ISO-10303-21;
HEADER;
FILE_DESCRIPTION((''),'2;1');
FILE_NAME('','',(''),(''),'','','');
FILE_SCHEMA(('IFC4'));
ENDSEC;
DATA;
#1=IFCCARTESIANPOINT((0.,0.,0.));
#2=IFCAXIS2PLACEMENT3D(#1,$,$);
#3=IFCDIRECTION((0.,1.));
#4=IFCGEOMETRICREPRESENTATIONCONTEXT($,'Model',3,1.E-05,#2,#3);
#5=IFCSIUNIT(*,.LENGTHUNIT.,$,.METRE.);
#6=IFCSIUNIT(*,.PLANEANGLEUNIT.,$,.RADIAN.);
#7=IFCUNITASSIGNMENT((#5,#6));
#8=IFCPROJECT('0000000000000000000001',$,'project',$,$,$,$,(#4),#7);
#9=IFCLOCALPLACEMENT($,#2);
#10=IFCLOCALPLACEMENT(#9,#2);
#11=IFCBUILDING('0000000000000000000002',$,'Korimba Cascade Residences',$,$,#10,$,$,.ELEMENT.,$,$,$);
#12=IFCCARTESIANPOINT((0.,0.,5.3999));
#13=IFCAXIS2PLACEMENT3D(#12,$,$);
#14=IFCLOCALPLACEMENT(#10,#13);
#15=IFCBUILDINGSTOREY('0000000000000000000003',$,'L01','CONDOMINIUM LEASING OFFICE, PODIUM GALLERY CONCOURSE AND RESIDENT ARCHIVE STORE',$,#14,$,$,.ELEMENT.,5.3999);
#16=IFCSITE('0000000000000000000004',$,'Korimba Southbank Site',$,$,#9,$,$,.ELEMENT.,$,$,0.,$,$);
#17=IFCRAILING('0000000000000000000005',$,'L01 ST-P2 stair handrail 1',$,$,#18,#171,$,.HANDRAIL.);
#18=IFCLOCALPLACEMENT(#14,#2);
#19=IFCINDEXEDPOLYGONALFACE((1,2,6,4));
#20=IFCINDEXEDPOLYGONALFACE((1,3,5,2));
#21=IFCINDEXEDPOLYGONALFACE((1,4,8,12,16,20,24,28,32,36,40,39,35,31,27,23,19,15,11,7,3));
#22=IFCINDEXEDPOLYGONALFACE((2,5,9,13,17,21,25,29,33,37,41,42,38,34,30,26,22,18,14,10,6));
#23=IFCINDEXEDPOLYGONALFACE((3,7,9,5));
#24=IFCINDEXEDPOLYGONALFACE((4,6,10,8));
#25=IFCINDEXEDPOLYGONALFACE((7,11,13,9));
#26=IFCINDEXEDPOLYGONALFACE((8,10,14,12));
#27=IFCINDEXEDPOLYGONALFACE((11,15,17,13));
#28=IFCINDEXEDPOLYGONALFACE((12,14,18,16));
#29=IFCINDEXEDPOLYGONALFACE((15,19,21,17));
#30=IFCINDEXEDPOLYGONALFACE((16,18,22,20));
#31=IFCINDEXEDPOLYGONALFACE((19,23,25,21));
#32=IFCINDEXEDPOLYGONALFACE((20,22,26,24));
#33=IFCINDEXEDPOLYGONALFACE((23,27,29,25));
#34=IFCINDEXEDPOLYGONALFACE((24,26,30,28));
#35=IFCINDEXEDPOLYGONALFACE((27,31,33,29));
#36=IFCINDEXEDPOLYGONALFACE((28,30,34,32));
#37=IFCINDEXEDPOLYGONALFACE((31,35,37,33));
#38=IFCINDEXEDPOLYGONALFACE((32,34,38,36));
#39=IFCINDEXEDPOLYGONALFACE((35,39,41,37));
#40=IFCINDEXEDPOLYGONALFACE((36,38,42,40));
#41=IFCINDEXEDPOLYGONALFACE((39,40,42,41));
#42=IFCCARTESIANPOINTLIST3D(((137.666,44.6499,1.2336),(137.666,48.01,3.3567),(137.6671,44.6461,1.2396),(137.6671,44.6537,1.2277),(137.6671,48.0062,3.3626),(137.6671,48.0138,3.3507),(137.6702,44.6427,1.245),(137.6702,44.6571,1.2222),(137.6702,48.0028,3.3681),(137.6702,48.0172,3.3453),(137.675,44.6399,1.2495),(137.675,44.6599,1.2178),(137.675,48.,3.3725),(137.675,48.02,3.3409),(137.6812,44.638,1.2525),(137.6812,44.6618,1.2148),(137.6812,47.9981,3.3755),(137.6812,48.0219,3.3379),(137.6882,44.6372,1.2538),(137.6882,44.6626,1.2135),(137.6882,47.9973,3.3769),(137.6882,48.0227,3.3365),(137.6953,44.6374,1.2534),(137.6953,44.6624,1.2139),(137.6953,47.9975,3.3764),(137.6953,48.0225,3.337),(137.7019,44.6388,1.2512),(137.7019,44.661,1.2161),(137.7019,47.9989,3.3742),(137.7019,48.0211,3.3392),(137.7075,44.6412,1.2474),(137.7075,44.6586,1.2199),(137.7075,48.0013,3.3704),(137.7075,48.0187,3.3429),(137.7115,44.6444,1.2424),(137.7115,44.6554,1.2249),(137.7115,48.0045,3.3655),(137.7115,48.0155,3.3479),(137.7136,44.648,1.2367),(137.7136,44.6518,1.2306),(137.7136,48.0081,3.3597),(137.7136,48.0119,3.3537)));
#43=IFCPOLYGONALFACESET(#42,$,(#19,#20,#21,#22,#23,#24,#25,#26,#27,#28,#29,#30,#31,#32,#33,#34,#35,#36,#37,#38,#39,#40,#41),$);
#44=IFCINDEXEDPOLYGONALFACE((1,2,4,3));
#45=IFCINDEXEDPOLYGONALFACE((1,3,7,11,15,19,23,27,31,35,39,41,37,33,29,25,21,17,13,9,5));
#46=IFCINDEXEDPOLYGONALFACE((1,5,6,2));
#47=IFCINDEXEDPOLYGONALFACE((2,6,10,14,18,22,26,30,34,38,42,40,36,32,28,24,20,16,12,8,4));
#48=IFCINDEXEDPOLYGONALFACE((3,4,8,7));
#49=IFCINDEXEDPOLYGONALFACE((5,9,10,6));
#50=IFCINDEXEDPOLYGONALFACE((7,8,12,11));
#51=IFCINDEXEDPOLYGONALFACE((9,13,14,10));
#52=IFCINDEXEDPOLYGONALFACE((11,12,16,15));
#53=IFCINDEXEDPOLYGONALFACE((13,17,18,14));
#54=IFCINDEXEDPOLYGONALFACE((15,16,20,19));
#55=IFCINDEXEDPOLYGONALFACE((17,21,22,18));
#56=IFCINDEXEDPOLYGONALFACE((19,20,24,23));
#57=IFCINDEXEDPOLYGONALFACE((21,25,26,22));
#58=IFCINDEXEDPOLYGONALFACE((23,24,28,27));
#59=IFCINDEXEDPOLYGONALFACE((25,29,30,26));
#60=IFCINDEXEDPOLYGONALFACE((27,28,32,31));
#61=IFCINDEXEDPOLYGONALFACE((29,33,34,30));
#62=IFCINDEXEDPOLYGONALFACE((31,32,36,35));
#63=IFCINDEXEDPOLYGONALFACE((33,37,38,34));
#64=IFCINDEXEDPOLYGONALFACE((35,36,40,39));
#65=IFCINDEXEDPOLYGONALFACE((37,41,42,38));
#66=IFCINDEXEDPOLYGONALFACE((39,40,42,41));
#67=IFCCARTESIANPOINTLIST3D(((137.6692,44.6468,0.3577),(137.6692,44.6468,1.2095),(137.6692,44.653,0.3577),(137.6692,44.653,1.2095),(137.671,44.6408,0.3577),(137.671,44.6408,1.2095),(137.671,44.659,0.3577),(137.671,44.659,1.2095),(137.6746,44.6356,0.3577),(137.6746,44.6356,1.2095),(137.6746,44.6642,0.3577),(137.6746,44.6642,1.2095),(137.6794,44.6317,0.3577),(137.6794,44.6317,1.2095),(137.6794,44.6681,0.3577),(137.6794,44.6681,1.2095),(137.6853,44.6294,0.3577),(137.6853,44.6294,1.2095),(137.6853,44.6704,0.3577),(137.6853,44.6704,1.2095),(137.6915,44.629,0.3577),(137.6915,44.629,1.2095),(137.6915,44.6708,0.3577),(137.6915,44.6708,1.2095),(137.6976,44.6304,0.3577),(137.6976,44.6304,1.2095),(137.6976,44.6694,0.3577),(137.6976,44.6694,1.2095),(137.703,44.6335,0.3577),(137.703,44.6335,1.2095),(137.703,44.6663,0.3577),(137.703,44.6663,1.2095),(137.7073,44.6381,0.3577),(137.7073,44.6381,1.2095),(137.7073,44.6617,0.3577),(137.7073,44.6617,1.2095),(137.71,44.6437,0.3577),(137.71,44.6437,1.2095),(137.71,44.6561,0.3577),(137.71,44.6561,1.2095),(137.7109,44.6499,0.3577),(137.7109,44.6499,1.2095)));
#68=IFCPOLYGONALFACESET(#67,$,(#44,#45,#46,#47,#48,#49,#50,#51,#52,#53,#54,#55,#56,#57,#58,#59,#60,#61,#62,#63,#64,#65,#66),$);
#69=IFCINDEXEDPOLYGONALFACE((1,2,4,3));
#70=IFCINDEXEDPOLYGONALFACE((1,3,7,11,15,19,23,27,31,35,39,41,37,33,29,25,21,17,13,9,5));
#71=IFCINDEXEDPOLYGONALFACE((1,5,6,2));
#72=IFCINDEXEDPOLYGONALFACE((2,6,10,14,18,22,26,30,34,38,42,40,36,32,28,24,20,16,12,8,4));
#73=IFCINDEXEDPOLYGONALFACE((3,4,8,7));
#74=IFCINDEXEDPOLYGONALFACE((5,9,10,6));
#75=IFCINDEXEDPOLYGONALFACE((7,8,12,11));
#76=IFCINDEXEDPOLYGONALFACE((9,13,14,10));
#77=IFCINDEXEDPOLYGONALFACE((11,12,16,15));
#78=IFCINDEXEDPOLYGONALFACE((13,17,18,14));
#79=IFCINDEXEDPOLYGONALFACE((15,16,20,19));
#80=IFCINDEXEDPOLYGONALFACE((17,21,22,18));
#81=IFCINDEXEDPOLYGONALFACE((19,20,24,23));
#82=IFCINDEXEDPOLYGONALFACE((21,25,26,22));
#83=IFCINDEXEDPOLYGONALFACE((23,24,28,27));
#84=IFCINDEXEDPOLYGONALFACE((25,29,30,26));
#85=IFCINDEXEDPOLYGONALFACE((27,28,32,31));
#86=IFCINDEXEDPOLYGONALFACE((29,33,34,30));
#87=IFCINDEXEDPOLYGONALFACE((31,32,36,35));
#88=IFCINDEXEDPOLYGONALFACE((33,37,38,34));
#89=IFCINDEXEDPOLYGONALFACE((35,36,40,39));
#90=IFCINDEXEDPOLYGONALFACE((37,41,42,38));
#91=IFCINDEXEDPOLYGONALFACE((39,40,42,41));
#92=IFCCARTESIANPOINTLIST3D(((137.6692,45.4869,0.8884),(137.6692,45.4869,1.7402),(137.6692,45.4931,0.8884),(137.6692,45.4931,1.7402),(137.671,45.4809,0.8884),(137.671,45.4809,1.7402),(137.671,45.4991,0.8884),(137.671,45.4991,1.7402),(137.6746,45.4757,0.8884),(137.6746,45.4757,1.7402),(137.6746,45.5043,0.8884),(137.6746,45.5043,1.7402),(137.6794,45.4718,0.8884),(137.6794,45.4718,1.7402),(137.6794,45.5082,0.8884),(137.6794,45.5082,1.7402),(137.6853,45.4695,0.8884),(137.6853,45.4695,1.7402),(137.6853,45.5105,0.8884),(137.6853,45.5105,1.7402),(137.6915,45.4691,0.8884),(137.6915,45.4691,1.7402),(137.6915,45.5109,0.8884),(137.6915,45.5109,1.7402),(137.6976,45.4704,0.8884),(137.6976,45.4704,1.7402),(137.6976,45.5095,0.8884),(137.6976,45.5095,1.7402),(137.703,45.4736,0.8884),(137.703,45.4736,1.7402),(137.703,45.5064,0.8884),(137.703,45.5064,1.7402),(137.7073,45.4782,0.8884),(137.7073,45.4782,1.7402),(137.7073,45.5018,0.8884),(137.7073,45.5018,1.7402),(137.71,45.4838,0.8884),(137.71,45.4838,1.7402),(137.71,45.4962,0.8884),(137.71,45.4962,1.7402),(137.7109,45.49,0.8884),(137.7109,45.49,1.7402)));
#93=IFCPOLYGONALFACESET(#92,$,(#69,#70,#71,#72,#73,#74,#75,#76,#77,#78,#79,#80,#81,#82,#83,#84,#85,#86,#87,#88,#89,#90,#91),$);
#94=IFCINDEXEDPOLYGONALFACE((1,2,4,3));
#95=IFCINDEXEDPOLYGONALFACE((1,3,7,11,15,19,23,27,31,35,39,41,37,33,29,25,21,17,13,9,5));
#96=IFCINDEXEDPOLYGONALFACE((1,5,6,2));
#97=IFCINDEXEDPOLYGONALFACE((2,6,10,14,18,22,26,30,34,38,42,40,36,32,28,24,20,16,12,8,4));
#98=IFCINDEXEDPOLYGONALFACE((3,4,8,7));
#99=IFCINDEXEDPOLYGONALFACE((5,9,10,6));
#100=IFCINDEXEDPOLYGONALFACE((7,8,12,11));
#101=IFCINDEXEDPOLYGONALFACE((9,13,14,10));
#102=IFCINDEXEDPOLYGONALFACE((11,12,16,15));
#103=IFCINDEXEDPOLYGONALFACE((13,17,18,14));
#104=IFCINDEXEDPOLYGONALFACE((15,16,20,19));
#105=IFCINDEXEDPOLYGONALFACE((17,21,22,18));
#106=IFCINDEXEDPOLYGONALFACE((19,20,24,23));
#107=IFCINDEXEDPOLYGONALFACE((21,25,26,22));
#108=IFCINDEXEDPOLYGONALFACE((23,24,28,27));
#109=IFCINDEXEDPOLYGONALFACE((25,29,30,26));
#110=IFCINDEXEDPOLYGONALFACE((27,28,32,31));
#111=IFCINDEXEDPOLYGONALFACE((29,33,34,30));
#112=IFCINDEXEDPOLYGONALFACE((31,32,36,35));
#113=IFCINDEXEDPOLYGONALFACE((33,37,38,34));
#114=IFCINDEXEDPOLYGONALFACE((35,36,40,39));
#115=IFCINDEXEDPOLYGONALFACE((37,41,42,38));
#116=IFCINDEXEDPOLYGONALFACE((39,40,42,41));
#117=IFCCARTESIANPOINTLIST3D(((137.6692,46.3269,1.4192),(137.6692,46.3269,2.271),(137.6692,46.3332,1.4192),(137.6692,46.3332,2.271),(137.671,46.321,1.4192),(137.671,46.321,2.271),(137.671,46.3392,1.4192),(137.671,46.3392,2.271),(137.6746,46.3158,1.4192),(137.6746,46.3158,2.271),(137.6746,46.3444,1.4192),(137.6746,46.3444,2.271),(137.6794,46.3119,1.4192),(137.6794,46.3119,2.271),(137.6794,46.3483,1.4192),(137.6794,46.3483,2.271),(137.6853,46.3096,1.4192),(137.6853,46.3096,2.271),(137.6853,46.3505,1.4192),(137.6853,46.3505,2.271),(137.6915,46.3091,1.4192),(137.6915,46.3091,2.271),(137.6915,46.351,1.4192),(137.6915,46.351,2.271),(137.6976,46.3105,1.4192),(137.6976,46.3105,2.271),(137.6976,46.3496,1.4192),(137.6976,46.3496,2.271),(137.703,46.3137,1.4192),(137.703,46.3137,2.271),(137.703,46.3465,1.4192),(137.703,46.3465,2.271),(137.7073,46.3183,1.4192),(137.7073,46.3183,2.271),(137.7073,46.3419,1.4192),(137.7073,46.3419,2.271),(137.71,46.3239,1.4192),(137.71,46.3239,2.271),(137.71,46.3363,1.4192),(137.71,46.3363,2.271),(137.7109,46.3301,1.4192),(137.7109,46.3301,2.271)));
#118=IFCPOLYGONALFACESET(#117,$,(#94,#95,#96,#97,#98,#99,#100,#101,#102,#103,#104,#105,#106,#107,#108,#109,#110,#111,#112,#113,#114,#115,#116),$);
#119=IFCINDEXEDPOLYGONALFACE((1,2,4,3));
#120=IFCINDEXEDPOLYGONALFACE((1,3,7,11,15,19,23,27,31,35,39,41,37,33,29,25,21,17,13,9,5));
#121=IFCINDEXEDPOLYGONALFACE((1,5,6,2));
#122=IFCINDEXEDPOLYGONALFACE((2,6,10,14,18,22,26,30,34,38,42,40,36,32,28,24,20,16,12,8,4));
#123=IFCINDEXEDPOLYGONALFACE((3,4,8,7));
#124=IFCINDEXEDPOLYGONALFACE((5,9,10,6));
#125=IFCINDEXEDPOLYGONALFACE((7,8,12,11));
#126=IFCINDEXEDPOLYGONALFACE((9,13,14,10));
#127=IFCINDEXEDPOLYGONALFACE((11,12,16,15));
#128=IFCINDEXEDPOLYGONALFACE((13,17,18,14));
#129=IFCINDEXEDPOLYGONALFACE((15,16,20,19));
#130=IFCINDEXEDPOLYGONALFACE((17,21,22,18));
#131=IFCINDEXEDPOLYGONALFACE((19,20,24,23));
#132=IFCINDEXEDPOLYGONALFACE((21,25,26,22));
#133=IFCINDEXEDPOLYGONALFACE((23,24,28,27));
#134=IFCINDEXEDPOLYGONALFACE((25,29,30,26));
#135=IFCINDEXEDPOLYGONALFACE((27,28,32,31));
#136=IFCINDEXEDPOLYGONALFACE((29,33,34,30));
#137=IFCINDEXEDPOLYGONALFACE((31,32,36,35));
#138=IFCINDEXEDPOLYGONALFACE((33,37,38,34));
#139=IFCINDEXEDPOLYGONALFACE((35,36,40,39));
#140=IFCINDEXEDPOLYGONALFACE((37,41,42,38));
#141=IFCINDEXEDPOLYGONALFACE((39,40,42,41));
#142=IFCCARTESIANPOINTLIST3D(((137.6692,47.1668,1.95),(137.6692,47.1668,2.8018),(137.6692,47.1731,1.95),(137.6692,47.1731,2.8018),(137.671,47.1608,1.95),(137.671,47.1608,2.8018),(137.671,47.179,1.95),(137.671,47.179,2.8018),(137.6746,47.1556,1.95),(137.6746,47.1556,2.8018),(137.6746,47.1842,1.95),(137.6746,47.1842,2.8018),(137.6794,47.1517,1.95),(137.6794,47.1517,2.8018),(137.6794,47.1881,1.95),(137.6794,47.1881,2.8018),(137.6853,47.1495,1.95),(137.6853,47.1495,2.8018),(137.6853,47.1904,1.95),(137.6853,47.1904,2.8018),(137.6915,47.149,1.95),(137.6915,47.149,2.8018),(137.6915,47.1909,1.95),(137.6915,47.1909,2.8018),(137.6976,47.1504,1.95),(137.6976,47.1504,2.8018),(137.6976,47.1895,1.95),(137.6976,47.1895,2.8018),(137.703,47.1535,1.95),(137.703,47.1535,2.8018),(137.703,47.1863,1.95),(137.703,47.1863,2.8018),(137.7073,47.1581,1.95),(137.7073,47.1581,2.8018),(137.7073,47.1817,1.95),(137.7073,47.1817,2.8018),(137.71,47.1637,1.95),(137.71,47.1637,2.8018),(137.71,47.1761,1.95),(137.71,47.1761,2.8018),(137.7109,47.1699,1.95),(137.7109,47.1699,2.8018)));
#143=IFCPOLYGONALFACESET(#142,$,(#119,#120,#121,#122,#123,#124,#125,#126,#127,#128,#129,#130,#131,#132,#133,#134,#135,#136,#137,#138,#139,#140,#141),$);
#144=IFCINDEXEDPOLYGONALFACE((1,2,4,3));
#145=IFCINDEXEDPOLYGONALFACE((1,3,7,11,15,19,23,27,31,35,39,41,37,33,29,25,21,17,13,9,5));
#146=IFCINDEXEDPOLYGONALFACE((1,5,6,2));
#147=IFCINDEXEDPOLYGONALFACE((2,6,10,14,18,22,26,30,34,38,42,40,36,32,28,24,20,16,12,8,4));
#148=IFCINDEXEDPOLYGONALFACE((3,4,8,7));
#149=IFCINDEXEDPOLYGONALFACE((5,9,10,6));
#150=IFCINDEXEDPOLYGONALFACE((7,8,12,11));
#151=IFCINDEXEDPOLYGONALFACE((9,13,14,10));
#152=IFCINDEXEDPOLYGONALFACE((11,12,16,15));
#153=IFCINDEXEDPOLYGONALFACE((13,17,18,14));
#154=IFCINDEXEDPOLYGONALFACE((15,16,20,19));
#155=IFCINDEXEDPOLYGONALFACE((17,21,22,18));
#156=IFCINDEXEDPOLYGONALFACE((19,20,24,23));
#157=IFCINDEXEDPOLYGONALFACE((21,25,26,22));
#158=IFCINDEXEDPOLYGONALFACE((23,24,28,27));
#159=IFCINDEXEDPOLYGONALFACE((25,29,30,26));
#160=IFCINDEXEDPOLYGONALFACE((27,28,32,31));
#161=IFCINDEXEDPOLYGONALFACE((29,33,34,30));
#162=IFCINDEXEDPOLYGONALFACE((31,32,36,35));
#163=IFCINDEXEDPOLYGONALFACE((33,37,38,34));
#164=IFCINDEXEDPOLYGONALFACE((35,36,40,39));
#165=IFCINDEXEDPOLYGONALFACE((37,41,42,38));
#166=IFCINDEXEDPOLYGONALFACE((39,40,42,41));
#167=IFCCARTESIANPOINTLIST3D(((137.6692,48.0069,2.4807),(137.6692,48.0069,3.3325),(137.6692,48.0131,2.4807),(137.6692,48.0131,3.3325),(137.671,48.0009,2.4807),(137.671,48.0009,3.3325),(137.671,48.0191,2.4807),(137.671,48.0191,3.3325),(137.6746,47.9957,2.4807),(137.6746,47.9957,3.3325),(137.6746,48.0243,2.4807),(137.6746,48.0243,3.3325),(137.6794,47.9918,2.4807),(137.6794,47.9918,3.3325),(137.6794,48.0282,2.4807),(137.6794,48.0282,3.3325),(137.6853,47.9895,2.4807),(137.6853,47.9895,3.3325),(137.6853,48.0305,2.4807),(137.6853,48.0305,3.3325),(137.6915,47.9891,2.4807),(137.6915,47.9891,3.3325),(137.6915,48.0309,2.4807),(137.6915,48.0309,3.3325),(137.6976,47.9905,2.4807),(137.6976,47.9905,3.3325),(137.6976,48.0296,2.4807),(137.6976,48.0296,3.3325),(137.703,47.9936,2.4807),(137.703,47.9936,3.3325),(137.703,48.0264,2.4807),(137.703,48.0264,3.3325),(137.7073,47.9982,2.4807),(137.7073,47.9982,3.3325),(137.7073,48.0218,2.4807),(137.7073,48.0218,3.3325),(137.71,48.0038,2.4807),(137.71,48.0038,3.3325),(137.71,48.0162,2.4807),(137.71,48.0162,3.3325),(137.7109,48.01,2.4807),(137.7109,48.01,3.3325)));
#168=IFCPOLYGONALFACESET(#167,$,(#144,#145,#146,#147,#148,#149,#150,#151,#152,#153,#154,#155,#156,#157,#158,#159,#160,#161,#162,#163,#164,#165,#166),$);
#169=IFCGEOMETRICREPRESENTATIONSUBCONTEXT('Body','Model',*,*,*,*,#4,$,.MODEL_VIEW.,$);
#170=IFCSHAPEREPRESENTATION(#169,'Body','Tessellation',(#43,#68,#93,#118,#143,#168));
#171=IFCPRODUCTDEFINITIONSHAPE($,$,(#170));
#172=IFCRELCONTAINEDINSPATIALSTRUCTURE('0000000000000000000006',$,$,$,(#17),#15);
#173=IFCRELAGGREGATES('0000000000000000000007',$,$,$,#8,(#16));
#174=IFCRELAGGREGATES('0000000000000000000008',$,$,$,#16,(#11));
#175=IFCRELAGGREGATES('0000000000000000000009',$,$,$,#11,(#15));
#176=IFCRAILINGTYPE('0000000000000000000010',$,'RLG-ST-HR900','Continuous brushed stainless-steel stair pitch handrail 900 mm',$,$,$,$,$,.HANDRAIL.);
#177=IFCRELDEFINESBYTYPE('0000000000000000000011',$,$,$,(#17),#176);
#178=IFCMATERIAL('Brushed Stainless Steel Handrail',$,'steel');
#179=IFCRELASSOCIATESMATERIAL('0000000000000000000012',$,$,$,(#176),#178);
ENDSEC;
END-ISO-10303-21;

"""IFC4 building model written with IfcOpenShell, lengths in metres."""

from ifc_helpers import new_model, si_unit, direction, frame, origin, origin_2d, place, context, subcontext, project, spatial, circle, extrude, material, type_object, element, save


model = new_model("IFC4")

# Units and contexts
model_context = context("Model", 3, precision=1e-05, world=origin(), true_north=direction((0.0, 1.0)))
body_context = subcontext(model_context, "Body", "Model", "MODEL_VIEW")
ifc_project = project(units=[si_unit("LENGTHUNIT", "METRE"), si_unit("PLANEANGLEUNIT", "RADIAN")], contexts=[model_context])

# Site, building, storey
site_placement = place(None, origin())
site = spatial("IfcSite", under=ifc_project, at=site_placement, Name="Korimba Southbank Site", CompositionType="ELEMENT", RefElevation=0.0)
building_placement = place(site_placement, origin())
building = spatial("IfcBuilding", under=site, at=building_placement, Name="Korimba Cascade Residences", CompositionType="ELEMENT")
storey_placement = place(building_placement, frame((0.0, 0.0, 5.3999)))
storey = spatial("IfcBuildingStorey", under=building, at=storey_placement, Name="L01", Description="CONDOMINIUM LEASING OFFICE, PODIUM GALLERY CONCOURSE AND RESIDENT ARCHIVE STORE", CompositionType="ELEMENT", Elevation=5.3999)

# Railing
ifc_material_1 = material(Name="Brushed Stainless Steel Handrail", Category="steel")
railing_type_1 = type_object("IfcRailingType", Name="RLG-ST-HR900", Description="Continuous brushed stainless-steel stair pitch handrail 900 mm", PredefinedType="HANDRAIL", material=ifc_material_1)
for number, where, name in (
    (1, (137.6899, 44.6499, 0.3577), "L01 ST-P2 stair handrail 1"),
):
    element("IfcRailing", number, at=place(storey_placement, frame(where)), inside=storey, type_object=railing_type_1, Name=name, PredefinedType="HANDRAIL", context=body_context, shape_type="SweptSolid", body=[
        extrude(circle(Radius=0.0239, at=origin_2d()), frame((0.0, 0.0, 0.876), z_axis=(0.0, 0.84539, 0.53415), x_axis=(-1.0, 0.0, 0.0)), (0.0, 0.0, 1.0), 3.9746),
        extrude(circle(Radius=0.021, at=origin_2d()), origin(), (0.0, 0.0, 1.0), 0.8518),
        extrude(circle(Radius=0.021, at=origin_2d()), frame((0.0, 0.8401, 0.5308)), (0.0, 0.0, 1.0), 0.8518),
        extrude(circle(Radius=0.021, at=origin_2d()), frame((0.0, 1.6802, 1.0615)), (0.0, 0.0, 1.0), 0.8518),
        extrude(circle(Radius=0.021, at=origin_2d()), frame((0.0, 2.52, 1.5923)), (0.0, 0.0, 1.0), 0.8518),
        extrude(circle(Radius=0.021, at=origin_2d()), frame((0.0, 3.3601, 2.123)), (0.0, 0.0, 1.0), 0.8518),
    ])

save(model, "model.ifc")
